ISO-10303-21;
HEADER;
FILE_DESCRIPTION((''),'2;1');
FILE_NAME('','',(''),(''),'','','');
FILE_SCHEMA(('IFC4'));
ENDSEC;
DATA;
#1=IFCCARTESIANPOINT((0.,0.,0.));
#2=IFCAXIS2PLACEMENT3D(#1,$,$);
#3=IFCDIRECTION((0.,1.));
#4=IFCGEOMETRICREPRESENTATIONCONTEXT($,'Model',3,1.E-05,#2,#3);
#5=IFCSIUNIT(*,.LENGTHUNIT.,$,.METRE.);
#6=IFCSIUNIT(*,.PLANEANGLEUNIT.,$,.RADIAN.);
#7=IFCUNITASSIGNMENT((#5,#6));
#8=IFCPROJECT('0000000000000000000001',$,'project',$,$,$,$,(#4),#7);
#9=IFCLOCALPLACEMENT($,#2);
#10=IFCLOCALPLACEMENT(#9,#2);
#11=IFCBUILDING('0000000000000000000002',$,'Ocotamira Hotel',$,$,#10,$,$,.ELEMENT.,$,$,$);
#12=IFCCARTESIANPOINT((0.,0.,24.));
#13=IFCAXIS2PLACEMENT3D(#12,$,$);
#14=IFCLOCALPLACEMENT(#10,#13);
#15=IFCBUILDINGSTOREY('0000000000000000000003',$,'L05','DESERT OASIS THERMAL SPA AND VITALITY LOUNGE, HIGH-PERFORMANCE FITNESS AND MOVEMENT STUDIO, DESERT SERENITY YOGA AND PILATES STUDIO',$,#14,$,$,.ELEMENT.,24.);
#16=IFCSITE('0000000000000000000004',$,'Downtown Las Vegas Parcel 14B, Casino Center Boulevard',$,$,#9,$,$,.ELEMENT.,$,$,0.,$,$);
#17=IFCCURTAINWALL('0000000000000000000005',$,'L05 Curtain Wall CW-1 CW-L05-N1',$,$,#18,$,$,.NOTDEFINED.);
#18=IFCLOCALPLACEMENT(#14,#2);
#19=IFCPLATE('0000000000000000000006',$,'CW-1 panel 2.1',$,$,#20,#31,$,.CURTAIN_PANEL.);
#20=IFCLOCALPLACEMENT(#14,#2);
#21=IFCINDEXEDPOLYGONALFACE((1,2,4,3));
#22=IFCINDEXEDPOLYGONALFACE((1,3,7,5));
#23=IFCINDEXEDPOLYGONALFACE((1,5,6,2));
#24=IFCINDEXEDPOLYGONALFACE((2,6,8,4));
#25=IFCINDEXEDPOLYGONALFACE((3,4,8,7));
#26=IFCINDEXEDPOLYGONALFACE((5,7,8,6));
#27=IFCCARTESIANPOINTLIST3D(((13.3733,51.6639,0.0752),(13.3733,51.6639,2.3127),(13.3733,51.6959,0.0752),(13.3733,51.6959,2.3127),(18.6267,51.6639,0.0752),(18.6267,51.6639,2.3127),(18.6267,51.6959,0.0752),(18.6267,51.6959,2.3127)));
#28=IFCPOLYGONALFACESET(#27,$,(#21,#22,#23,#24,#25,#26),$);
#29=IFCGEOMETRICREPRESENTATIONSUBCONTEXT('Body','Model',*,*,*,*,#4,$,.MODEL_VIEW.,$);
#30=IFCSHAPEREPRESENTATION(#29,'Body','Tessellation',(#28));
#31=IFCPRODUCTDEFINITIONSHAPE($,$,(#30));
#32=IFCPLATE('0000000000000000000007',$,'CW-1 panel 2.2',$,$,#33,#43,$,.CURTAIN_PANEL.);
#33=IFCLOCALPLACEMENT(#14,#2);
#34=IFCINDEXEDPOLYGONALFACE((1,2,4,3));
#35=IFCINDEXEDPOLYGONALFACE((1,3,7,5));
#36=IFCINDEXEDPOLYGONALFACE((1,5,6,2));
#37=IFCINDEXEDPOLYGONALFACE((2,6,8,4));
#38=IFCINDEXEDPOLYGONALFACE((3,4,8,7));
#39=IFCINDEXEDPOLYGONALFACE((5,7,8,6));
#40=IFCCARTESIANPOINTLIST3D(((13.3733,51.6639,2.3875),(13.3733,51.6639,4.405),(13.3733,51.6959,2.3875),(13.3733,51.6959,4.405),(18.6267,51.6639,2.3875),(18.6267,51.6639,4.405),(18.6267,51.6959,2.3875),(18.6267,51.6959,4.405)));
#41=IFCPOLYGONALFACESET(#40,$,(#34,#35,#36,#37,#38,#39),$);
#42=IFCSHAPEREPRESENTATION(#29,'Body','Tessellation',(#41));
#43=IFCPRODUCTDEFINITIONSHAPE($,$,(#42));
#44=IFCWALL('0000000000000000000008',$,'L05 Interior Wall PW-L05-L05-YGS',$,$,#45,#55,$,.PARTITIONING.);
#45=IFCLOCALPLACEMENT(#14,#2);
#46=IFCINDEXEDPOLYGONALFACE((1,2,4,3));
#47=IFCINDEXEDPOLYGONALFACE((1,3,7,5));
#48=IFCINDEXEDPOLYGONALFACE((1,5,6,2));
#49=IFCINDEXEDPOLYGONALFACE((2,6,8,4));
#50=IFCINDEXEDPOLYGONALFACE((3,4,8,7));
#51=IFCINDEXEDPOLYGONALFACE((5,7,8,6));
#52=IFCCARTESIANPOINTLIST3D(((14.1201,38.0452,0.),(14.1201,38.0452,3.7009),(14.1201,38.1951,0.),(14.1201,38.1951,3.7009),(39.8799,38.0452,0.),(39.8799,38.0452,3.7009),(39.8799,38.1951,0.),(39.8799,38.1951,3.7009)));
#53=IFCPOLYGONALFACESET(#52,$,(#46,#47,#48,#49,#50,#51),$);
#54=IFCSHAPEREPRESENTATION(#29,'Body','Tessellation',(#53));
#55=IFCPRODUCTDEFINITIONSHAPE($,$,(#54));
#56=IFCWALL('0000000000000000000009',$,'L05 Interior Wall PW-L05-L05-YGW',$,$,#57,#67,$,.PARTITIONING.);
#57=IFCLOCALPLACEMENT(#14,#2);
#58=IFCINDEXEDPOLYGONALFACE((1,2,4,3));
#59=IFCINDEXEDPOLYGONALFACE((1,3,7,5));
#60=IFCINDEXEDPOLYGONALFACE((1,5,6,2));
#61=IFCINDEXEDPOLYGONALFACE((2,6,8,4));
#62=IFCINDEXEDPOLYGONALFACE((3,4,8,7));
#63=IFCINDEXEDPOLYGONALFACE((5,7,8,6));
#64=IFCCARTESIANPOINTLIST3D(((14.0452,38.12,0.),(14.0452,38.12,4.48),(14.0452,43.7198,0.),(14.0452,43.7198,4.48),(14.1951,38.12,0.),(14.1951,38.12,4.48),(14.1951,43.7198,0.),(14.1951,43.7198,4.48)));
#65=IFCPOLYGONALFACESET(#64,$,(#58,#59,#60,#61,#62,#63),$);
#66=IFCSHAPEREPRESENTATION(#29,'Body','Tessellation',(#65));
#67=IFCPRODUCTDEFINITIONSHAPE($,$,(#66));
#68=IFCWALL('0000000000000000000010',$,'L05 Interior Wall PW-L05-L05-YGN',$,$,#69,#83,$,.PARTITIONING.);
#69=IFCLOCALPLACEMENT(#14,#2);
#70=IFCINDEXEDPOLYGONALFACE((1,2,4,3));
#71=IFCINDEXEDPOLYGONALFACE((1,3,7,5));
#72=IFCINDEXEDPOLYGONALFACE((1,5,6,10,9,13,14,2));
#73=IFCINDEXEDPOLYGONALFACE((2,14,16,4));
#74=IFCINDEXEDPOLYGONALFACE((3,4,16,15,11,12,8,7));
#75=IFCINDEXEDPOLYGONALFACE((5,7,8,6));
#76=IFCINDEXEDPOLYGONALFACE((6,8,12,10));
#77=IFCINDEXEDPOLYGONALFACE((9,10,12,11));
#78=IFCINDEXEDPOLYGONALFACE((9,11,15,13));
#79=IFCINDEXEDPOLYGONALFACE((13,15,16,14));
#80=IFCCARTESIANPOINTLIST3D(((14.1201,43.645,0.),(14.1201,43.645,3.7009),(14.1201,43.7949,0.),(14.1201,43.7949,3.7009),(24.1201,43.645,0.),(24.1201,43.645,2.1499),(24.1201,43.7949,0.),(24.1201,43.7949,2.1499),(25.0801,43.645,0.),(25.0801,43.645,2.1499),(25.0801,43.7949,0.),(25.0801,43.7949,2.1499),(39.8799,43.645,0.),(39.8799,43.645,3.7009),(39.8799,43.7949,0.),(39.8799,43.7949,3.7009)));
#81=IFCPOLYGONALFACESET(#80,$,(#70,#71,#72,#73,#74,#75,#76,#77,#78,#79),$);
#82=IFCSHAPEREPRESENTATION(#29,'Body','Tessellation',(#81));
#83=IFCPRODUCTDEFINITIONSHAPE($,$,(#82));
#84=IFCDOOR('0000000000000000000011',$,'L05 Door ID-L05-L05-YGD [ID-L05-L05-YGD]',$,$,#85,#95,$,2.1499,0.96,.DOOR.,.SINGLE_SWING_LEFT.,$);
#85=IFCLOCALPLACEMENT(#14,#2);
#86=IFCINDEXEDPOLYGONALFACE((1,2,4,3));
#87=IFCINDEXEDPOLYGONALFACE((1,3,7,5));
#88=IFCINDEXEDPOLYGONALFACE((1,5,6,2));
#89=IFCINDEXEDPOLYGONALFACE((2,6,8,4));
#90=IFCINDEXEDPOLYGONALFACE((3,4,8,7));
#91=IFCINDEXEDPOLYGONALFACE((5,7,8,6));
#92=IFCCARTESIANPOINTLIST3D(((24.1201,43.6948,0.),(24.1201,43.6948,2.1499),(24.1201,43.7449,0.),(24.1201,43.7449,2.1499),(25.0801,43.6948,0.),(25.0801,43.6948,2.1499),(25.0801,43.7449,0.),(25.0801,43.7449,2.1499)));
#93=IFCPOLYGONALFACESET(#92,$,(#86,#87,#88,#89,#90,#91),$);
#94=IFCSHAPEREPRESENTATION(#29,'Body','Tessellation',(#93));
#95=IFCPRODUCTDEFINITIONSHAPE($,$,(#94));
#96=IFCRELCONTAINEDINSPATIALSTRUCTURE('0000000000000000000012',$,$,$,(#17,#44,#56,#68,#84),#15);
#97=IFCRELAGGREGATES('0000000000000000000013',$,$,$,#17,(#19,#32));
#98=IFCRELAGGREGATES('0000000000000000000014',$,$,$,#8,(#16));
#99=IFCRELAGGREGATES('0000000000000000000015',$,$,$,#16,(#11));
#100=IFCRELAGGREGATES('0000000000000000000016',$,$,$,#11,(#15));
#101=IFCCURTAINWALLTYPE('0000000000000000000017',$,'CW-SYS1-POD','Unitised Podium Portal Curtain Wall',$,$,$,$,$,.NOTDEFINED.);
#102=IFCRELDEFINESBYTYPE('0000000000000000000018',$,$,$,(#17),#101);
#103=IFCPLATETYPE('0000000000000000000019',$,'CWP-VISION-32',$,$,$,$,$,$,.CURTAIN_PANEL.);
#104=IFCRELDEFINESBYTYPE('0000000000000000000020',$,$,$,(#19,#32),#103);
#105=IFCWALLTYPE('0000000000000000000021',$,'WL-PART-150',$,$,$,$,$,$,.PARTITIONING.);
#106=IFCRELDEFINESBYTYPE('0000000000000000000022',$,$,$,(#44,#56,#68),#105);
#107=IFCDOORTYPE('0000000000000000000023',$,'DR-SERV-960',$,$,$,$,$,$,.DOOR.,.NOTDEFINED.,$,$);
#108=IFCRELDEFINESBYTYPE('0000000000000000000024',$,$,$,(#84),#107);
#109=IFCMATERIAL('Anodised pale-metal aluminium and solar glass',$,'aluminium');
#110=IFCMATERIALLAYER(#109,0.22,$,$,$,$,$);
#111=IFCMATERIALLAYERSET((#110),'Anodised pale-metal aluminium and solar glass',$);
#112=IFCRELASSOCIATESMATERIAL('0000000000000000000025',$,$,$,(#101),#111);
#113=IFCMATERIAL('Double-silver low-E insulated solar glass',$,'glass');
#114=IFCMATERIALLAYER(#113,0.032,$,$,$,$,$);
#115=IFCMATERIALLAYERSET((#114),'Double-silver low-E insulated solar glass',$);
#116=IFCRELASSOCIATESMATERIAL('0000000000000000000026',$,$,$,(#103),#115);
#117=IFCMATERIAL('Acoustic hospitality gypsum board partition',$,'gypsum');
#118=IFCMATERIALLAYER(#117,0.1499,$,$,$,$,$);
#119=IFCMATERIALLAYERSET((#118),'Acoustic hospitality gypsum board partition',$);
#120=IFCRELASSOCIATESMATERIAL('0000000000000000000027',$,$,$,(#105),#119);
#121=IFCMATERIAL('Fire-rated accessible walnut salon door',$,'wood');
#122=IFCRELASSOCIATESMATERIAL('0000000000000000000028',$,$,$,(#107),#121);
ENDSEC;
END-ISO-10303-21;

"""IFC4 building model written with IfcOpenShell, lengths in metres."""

from ifc_helpers import new_model, si_unit, direction, frame, frame_2d, origin, origin_2d, place, context, subcontext, project, spatial, rectangle, extrude, source, transform, mapped, material, layer, layer_set, type_object, element, fill, aggregate, save


model = new_model("IFC4")

# Units and contexts
model_context = context("Model", 3, precision=1e-05, world=origin(), true_north=direction((0.0, 1.0)))
body_context = subcontext(model_context, "Body", "Model", "MODEL_VIEW")
ifc_project = project(units=[si_unit("LENGTHUNIT", "METRE"), si_unit("PLANEANGLEUNIT", "RADIAN")], contexts=[model_context])

# Site, building, storey
site_placement = place(None, origin())
site = spatial("IfcSite", under=ifc_project, at=site_placement, Name="Downtown Las Vegas Parcel 14B, Casino Center Boulevard", CompositionType="ELEMENT", RefElevation=0.0)
building_placement = place(site_placement, origin())
building = spatial("IfcBuilding", under=site, at=building_placement, Name="Ocotamira Hotel", CompositionType="ELEMENT")
storey_placement = place(building_placement, frame((0.0, 0.0, 24.0)))
storey = spatial("IfcBuildingStorey", under=building, at=storey_placement, Name="L05", Description="DESERT OASIS THERMAL SPA AND VITALITY LOUNGE, HIGH-PERFORMANCE FITNESS AND MOVEMENT STUDIO, DESERT SERENITY YOGA AND PILATES STUDIO", CompositionType="ELEMENT", Elevation=24.0)

# Curtain wall, plates
ifc_material_1 = material(Name="Anodised pale-metal aluminium and solar glass", Category="aluminium")
ifc_layer_1 = layer(ifc_material_1, 0.22)
ifc_layer_set_1 = layer_set([ifc_layer_1], Name="Anodised pale-metal aluminium and solar glass")
curtain_wall_type = type_object("IfcCurtainWallType", Name="CW-SYS1-POD", Description="Unitised Podium Portal Curtain Wall", PredefinedType="NOTDEFINED", material=ifc_layer_set_1)
curtain_wall_placement = place(storey_placement, origin())
curtain_wall = element("IfcCurtainWall", 1, at=curtain_wall_placement, inside=storey, type_object=curtain_wall_type, Name="L05 Curtain Wall CW-1 CW-L05-N1", PredefinedType="NOTDEFINED")
ifc_material_2 = material(Name="Double-silver low-E insulated solar glass", Category="glass")
ifc_layer_2 = layer(ifc_material_2, 0.032)
ifc_layer_set_2 = layer_set([ifc_layer_2], Name="Double-silver low-E insulated solar glass")
plate_type = type_object("IfcPlateType", Name="CWP-VISION-32", PredefinedType="CURTAIN_PANEL", material=ifc_layer_set_2)
shared_shape_1 = source(origin(), body_context, "Body", "SweptSolid", [
    extrude(rectangle(XDim=5.2534, YDim=0.032, at=origin_2d()), origin(), (0.0, 0.0, 1.0), 2.2375),
])
plate_1_placement = place(storey_placement, frame((16.0, 51.6799, 0.0752), z_axis=(0.0, 0.0, 1.0), x_axis=(1.0, 0.0, 0.0)))
plate_1 = element("IfcPlate", 2, at=plate_1_placement, type_object=plate_type, Name="CW-1 panel 2.1", PredefinedType="CURTAIN_PANEL", context=body_context, shape_type="MappedRepresentation", body=[
    mapped(shared_shape_1, transform((0.0, 0.0, 0.0), scale=1.0)),
])
shared_shape_2 = source(origin(), body_context, "Body", "SweptSolid", [
    extrude(rectangle(XDim=5.2534, YDim=0.032, at=origin_2d()), origin(), (0.0, 0.0, 1.0), 2.0176),
])
plate_2_placement = place(storey_placement, frame((16.0, 51.6799, 2.3875), z_axis=(0.0, 0.0, 1.0), x_axis=(1.0, 0.0, 0.0)))
plate_2 = element("IfcPlate", 3, at=plate_2_placement, type_object=plate_type, Name="CW-1 panel 2.2", PredefinedType="CURTAIN_PANEL", context=body_context, shape_type="MappedRepresentation", body=[
    mapped(shared_shape_2, transform((0.0, 0.0, 0.0), scale=1.0)),
])
aggregate(curtain_wall, [plate_1, plate_2])

# Walls
ifc_material_3 = material(Name="Acoustic hospitality gypsum board partition", Category="gypsum")
ifc_layer_3 = layer(ifc_material_3, 0.1499)
ifc_layer_set_3 = layer_set([ifc_layer_3], Name="Acoustic hospitality gypsum board partition")
wall_type = type_object("IfcWallType", Name="WL-PART-150", PredefinedType="PARTITIONING", material=ifc_layer_set_3)
wall_1_placement = place(storey_placement, frame((14.1201, 38.1201, 0.0), z_axis=(0.0, 0.0, 1.0), x_axis=(1.0, 0.0, 0.0)))
element("IfcWall", 4, at=wall_1_placement, inside=storey, type_object=wall_type, Name="L05 Interior Wall PW-L05-L05-YGS", PredefinedType="PARTITIONING", context=body_context, shape_type="SweptSolid", body=[
    extrude(rectangle(XDim=25.7598, YDim=0.1499, at=frame_2d((12.8799, 0.0))), origin(), (0.0, 0.0, 1.0), 3.7009),
])
wall_2_placement = place(storey_placement, frame((14.1201, 38.1201, 0.0), z_axis=(0.0, 0.0, 1.0), x_axis=(0.0, 1.0, 0.0)))
element("IfcWall", 5, at=wall_2_placement, inside=storey, type_object=wall_type, Name="L05 Interior Wall PW-L05-L05-YGW", PredefinedType="PARTITIONING", context=body_context, shape_type="SweptSolid", body=[
    extrude(rectangle(XDim=5.5999, YDim=0.1499, at=frame_2d((2.7998, 0.0))), origin(), (0.0, 0.0, 1.0), 4.48),
])

# Wall, opening, door
wall_3_placement = place(storey_placement, frame((14.1201, 43.72, 0.0), z_axis=(0.0, 0.0, 1.0), x_axis=(1.0, 0.0, 0.0)))
wall_3 = element("IfcWall", 6, at=wall_3_placement, inside=storey, type_object=wall_type, Name="L05 Interior Wall PW-L05-L05-YGN", PredefinedType="PARTITIONING", context=body_context, shape_type="SweptSolid", body=[
    extrude(rectangle(XDim=25.7598, YDim=0.1499, at=frame_2d((12.8799, 0.0))), origin(), (0.0, 0.0, 1.0), 3.7009),
])
opening_placement = place(wall_3_placement, frame((10.0, 0.0, 0.0)))
opening = element("IfcOpeningElement", 7, at=opening_placement, cuts=wall_3, PredefinedType="OPENING", context=body_context, shape_type="SweptSolid", body=[
    extrude(rectangle(XDim=0.96, YDim=2.1499, at=frame_2d((0.48, 1.075))), frame((0.0, 0.085, 0.0), z_axis=(0.0, -1.0, 0.0), x_axis=(1.0, 0.0, 0.0)), (0.0, 0.0, 1.0), 0.1699),
])
ifc_material_4 = material(Name="Fire-rated accessible walnut salon door", Category="wood")
door_type = type_object("IfcDoorType", Name="DR-SERV-960", OperationType="NOTDEFINED", PredefinedType="DOOR", material=ifc_material_4)
shared_shape_3 = source(origin(), body_context, "Body", "SweptSolid", [
    extrude(rectangle(XDim=0.96, YDim=2.1499, at=frame_2d((0.48, 1.075))), frame((0.0, 0.0249, 0.0), z_axis=(0.0, -1.0, 0.0), x_axis=(1.0, 0.0, 0.0)), (0.0, 0.0, 1.0), 0.05),
])
door_placement = place(opening_placement, origin())
door = element("IfcDoor", 8, at=door_placement, inside=storey, type_object=door_type, Name="L05 Door ID-L05-L05-YGD [ID-L05-L05-YGD]", OperationType="SINGLE_SWING_LEFT", OverallHeight=2.1499, OverallWidth=0.96, PredefinedType="DOOR", context=body_context, shape_type="MappedRepresentation", body=[
    mapped(shared_shape_3, transform((0.0, 0.0, 0.0), scale=1.0)),
])
fill(opening, door)

save(model, "model.ifc")
